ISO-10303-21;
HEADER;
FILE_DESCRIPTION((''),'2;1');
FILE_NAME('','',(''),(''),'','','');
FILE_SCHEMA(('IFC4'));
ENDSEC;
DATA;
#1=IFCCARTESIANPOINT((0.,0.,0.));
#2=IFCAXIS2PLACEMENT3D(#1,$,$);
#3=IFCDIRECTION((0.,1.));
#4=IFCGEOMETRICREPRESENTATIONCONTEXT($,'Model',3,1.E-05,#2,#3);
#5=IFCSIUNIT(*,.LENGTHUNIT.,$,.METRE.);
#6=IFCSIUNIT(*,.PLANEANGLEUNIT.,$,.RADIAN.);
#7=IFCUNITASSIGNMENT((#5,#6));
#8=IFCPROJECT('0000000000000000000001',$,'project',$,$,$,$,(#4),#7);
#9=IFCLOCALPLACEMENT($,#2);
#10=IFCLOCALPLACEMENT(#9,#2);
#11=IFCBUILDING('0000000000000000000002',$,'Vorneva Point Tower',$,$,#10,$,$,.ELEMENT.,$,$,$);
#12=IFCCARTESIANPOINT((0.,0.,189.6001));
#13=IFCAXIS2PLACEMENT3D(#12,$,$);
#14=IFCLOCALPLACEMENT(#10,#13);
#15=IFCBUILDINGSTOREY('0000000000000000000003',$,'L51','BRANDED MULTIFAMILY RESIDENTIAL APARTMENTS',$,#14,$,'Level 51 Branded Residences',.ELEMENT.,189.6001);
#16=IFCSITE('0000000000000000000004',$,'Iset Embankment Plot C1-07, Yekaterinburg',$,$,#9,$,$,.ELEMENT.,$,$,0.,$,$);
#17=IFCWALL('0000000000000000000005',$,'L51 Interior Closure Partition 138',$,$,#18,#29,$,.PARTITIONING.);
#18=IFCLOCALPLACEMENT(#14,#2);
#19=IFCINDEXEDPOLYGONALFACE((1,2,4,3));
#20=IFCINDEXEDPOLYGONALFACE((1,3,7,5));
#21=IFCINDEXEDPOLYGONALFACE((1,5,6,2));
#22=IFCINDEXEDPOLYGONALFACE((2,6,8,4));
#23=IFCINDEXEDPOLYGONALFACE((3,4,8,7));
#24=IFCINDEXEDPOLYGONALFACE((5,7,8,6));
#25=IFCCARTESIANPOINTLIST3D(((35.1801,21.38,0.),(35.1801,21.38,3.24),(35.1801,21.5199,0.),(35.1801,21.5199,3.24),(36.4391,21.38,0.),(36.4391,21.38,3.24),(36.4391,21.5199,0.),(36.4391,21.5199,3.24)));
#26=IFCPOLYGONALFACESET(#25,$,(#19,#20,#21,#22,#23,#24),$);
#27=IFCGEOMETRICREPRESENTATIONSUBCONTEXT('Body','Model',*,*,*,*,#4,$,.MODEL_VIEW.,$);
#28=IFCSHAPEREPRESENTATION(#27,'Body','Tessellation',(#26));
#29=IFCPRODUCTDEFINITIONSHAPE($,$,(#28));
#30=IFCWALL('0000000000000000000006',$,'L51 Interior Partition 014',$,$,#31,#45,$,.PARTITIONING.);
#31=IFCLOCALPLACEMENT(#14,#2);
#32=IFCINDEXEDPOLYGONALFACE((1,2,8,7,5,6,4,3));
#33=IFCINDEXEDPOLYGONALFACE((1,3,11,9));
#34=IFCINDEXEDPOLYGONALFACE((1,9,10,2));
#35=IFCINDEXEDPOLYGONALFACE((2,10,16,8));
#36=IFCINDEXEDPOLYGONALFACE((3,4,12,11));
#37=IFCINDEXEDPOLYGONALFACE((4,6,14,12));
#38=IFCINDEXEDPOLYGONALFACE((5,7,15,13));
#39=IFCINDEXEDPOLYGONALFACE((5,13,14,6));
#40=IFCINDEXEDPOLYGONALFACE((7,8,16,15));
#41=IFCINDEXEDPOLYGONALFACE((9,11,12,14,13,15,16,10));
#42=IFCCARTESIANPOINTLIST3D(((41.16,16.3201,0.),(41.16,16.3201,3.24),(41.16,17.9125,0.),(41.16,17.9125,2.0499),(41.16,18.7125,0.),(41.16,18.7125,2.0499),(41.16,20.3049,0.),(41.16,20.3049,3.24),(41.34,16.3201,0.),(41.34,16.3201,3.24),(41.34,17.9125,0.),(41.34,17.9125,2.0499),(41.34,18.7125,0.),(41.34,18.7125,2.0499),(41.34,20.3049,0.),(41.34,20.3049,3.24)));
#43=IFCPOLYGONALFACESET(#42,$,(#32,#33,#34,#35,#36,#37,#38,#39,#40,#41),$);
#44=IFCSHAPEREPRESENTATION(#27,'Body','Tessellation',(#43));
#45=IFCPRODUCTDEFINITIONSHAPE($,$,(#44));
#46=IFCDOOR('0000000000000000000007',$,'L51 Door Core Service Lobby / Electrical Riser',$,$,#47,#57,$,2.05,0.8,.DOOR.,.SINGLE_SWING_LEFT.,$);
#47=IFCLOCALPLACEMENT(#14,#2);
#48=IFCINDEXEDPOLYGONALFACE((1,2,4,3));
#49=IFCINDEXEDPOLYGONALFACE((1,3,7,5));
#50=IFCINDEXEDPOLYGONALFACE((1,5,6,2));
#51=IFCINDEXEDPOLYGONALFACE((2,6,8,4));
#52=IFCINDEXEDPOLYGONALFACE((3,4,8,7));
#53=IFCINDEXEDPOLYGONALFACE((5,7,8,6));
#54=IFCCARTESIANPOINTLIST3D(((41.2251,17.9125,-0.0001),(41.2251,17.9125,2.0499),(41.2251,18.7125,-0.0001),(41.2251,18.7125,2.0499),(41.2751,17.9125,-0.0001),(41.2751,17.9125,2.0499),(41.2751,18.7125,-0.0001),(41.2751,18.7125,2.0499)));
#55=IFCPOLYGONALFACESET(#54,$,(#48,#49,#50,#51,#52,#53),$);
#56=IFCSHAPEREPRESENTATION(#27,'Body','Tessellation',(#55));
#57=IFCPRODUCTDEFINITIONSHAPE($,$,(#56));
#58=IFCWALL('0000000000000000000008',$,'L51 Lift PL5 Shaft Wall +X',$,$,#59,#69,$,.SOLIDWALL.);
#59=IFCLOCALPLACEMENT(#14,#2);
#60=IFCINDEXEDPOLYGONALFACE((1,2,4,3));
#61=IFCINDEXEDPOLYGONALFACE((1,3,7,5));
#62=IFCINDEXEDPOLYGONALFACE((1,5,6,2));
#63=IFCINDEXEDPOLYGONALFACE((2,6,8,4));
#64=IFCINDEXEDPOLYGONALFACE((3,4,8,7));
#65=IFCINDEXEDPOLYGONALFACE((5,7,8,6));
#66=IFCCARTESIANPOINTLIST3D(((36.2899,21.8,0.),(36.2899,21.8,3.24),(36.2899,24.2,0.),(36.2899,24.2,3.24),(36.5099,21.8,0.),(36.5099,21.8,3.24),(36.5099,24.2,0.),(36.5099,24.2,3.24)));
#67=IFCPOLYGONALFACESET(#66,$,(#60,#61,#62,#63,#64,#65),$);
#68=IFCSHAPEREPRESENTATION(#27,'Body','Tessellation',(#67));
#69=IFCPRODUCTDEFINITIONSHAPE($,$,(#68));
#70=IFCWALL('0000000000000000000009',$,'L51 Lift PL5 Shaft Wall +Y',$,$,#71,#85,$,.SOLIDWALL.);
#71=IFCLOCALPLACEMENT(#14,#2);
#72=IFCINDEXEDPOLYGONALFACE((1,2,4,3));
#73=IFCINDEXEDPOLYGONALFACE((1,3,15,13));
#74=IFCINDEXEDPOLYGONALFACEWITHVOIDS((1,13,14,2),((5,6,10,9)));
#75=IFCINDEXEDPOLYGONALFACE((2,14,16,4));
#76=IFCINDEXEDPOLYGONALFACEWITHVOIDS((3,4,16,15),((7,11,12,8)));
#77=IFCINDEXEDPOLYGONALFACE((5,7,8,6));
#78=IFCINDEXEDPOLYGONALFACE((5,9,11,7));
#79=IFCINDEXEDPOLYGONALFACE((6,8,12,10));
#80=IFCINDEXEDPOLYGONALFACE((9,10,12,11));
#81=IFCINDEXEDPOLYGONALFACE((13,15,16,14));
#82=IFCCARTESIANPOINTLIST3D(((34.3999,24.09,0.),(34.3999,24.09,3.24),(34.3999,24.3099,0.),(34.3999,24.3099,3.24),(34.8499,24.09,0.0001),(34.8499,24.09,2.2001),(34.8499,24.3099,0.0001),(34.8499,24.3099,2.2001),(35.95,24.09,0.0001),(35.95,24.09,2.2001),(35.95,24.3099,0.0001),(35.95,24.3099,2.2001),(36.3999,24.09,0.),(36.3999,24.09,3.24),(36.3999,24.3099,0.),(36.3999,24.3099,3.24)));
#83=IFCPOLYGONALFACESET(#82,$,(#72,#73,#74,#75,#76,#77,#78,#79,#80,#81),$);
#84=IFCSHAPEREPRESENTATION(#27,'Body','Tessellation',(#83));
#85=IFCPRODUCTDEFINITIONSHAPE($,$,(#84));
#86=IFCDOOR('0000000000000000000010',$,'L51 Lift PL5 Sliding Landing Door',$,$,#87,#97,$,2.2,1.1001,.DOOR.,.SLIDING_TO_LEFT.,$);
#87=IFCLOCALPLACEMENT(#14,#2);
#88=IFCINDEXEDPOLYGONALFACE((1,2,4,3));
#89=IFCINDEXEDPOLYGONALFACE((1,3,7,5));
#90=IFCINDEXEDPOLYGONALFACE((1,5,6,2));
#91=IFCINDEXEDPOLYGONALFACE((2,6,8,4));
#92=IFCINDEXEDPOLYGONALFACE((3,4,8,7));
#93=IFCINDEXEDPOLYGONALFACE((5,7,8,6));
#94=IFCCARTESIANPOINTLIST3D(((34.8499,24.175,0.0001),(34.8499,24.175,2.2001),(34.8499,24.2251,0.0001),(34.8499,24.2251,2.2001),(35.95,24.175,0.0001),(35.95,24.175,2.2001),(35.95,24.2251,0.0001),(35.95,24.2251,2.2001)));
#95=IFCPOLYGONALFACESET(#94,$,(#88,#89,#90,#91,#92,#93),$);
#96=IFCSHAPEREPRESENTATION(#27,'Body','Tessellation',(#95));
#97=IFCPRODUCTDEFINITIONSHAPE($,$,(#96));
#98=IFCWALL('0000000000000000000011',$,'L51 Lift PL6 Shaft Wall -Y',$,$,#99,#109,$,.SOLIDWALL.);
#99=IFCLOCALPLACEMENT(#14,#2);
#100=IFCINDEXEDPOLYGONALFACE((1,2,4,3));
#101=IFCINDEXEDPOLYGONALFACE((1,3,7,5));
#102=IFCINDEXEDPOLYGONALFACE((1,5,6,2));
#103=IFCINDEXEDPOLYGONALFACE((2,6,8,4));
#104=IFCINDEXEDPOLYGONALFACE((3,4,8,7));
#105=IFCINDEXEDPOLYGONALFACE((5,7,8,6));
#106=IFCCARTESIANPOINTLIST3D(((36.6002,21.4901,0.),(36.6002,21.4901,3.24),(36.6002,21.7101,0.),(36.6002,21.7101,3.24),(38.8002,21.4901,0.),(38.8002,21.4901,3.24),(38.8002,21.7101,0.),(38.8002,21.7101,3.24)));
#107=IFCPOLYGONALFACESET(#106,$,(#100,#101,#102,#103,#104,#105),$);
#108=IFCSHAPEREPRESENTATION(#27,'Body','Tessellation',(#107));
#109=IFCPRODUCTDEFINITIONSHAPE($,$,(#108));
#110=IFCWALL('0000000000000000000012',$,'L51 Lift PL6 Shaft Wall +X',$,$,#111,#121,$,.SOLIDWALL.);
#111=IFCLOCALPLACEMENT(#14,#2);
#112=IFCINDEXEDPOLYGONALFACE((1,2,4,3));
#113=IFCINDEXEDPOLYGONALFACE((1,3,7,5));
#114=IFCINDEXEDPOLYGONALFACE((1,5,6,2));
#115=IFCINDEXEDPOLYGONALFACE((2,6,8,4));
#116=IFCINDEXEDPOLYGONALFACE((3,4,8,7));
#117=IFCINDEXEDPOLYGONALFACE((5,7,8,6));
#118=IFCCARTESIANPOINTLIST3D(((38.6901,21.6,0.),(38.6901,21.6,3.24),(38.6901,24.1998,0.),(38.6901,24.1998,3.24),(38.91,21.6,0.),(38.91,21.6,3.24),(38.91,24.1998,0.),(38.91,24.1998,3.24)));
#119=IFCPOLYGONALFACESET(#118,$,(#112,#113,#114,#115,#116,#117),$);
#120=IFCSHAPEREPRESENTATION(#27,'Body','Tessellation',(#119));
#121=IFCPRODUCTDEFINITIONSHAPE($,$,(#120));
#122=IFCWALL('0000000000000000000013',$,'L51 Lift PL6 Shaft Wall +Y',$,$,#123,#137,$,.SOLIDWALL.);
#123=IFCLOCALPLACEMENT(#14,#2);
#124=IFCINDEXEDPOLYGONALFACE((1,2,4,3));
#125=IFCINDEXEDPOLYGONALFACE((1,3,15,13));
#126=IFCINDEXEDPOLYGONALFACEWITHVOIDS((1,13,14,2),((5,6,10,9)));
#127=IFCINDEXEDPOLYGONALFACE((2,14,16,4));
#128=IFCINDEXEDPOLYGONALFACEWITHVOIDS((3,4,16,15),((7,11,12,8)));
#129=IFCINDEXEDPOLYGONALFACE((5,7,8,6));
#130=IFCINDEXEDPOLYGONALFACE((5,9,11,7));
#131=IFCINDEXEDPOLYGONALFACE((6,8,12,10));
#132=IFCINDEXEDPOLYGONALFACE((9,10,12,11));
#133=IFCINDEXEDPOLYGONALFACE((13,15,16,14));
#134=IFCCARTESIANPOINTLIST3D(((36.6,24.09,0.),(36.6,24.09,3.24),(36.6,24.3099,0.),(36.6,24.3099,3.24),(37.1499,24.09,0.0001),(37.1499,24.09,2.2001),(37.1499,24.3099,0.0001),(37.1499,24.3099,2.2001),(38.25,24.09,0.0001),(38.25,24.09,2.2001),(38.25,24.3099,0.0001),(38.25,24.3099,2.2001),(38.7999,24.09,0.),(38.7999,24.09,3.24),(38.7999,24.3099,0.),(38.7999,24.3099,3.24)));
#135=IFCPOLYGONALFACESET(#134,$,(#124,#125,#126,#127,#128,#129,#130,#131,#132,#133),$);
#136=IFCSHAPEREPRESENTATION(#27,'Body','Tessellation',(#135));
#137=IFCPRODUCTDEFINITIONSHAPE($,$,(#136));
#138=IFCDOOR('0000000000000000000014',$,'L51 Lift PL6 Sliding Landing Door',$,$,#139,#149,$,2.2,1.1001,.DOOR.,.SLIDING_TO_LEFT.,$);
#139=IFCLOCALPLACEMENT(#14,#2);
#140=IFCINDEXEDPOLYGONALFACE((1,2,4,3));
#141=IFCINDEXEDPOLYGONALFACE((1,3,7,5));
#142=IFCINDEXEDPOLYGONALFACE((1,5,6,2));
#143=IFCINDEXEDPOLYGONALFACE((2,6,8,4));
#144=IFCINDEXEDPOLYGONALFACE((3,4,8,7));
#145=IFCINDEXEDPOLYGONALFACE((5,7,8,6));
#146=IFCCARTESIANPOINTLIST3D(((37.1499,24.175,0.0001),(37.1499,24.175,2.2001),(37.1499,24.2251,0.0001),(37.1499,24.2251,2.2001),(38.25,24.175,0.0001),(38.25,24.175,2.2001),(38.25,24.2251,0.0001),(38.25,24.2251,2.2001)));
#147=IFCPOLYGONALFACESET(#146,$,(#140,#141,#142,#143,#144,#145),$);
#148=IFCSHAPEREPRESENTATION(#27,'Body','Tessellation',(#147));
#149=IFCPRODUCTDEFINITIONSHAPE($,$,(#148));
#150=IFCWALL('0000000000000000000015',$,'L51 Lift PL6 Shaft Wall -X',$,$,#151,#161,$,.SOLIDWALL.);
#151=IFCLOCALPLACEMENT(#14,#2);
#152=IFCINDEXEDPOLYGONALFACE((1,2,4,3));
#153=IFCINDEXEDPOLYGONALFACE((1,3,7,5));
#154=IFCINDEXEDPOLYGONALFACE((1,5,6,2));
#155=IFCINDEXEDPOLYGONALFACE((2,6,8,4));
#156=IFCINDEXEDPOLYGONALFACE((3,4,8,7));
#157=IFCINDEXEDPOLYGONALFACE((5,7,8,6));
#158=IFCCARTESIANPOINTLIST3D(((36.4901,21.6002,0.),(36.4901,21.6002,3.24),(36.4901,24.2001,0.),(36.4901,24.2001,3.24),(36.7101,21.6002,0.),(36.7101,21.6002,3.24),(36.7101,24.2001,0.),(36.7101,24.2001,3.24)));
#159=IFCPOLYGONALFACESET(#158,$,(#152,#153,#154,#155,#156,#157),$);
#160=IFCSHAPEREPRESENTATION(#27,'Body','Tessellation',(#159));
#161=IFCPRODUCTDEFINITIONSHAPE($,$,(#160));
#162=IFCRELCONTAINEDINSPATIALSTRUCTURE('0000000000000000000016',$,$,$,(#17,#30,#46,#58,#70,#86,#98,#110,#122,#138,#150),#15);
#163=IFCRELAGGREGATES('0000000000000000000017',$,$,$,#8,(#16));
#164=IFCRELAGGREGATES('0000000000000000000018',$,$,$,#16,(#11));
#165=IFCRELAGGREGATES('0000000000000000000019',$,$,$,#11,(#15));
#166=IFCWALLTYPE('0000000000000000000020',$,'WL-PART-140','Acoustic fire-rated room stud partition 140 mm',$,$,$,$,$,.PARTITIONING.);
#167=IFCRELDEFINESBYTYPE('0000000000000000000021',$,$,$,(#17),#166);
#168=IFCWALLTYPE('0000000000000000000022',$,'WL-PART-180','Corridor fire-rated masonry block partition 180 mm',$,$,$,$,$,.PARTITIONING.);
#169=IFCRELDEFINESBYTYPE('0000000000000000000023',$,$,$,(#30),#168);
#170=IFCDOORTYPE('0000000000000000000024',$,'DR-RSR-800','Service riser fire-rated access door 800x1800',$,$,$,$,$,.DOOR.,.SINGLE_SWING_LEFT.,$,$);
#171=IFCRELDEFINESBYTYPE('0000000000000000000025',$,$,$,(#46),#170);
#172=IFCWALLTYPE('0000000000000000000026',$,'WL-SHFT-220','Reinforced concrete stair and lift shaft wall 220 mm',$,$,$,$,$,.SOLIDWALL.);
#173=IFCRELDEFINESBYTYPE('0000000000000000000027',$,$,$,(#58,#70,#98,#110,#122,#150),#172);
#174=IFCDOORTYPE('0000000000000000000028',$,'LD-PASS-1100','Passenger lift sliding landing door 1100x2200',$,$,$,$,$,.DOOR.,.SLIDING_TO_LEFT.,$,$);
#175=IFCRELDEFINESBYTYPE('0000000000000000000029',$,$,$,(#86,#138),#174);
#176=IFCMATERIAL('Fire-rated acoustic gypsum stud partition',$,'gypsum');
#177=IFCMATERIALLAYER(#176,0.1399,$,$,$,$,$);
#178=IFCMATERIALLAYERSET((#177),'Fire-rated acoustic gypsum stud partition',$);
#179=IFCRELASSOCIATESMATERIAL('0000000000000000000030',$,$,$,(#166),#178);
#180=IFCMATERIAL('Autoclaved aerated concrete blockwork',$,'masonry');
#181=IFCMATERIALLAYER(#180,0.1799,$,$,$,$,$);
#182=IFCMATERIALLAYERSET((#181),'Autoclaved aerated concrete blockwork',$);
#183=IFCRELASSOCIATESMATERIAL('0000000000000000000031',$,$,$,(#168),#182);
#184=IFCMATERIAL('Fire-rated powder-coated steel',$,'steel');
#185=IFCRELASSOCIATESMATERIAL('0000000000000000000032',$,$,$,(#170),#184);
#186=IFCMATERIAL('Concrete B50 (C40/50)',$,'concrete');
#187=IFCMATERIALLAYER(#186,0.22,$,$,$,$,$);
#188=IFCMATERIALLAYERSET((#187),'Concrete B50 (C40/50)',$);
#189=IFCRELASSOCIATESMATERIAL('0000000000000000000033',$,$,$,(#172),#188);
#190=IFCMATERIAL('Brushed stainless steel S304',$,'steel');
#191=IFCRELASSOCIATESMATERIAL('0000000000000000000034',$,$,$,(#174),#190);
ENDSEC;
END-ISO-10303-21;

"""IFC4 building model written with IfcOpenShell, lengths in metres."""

from ifc_helpers import new_model, si_unit, direction, frame, frame_2d, origin, place, context, subcontext, project, spatial, rectangle, extrude, material, layer, layer_set, type_object, element, fill, save


model = new_model("IFC4")

# Units and contexts
model_context = context("Model", 3, precision=1e-05, world=origin(), true_north=direction((0.0, 1.0)))
body_context = subcontext(model_context, "Body", "Model", "MODEL_VIEW")
ifc_project = project(units=[si_unit("LENGTHUNIT", "METRE"), si_unit("PLANEANGLEUNIT", "RADIAN")], contexts=[model_context])

# Site, building, storey
site_placement = place(None, origin())
site = spatial("IfcSite", under=ifc_project, at=site_placement, Name="Iset Embankment Plot C1-07, Yekaterinburg", CompositionType="ELEMENT", RefElevation=0.0)
building_placement = place(site_placement, origin())
building = spatial("IfcBuilding", under=site, at=building_placement, Name="Vorneva Point Tower", CompositionType="ELEMENT")
storey_placement = place(building_placement, frame((0.0, 0.0, 189.6001)))
storey = spatial("IfcBuildingStorey", under=building, at=storey_placement, Name="L51", Description="BRANDED MULTIFAMILY RESIDENTIAL APARTMENTS", LongName="Level 51 Branded Residences", CompositionType="ELEMENT", Elevation=189.6001)

# Wall
ifc_material_1 = material(Name="Fire-rated acoustic gypsum stud partition", Category="gypsum")
ifc_layer_1 = layer(ifc_material_1, 0.1399)
ifc_layer_set_1 = layer_set([ifc_layer_1], Name="Fire-rated acoustic gypsum stud partition")
wall_type_1 = type_object("IfcWallType", Name="WL-PART-140", Description="Acoustic fire-rated room stud partition 140 mm", PredefinedType="PARTITIONING", material=ifc_layer_set_1)
wall_1_placement = place(storey_placement, frame((36.439, 21.45, 0.0), z_axis=(0.0, 0.0, 1.0), x_axis=(-1.0, 0.0, 0.0)))
element("IfcWall", 1, at=wall_1_placement, inside=storey, type_object=wall_type_1, Name="L51 Interior Closure Partition 138", PredefinedType="PARTITIONING", context=body_context, shape_type="SweptSolid", body=[
    extrude(rectangle(XDim=1.259, YDim=0.1399, at=frame_2d((0.6294, 0.0))), origin(), (0.0, 0.0, 1.0), 3.24),
])

# Wall, opening, door
ifc_material_2 = material(Name="Autoclaved aerated concrete blockwork", Category="masonry")
ifc_layer_2 = layer(ifc_material_2, 0.1799)
ifc_layer_set_2 = layer_set([ifc_layer_2], Name="Autoclaved aerated concrete blockwork")
wall_type_2 = type_object("IfcWallType", Name="WL-PART-180", Description="Corridor fire-rated masonry block partition 180 mm", PredefinedType="PARTITIONING", material=ifc_layer_set_2)
ifc_material_3 = material(Name="Fire-rated powder-coated steel", Category="steel")
wall_2_placement = place(storey_placement, frame((41.25, 16.3201, 0.0), z_axis=(0.0, 0.0, 1.0), x_axis=(0.0, 1.0, 0.0)))
wall_2 = element("IfcWall", 2, at=wall_2_placement, inside=storey, type_object=wall_type_2, Name="L51 Interior Partition 014", PredefinedType="PARTITIONING", context=body_context, shape_type="SweptSolid", body=[
    extrude(rectangle(XDim=3.9849, YDim=0.1799, at=frame_2d((1.9924, 0.0))), origin(), (0.0, 0.0, 1.0), 3.24),
])
opening_1_placement = place(wall_2_placement, frame((1.5925, 0.0, 0.0)))
opening_1 = element("IfcOpeningElement", 3, at=opening_1_placement, cuts=wall_2, PredefinedType="OPENING", context=body_context, shape_type="SweptSolid", body=[
    extrude(rectangle(XDim=0.8, YDim=2.05, at=frame_2d((0.3999, 1.0249))), frame((0.0, 0.105, 0.0), z_axis=(0.0, -1.0, 0.0), x_axis=(1.0, 0.0, 0.0)), (0.0, 0.0, 1.0), 0.2097),
])
door_type_1 = type_object("IfcDoorType", Name="DR-RSR-800", Description="Service riser fire-rated access door 800x1800", OperationType="SINGLE_SWING_LEFT", PredefinedType="DOOR", material=ifc_material_3)
door_1_placement = place(opening_1_placement, origin())
door_1 = element("IfcDoor", 4, at=door_1_placement, inside=storey, type_object=door_type_1, Name="L51 Door Core Service Lobby / Electrical Riser", OperationType="SINGLE_SWING_LEFT", OverallHeight=2.05, OverallWidth=0.8, PredefinedType="DOOR", context=body_context, shape_type="SweptSolid", body=[
    extrude(rectangle(XDim=0.8, YDim=2.05, at=frame_2d((0.3999, 1.0249))), frame((0.0, 0.0249, 0.0), z_axis=(0.0, -1.0, 0.0), x_axis=(1.0, 0.0, 0.0)), (0.0, 0.0, 1.0), 0.05),
])
fill(opening_1, door_1)

# Wall
ifc_material_4 = material(Name="Concrete B50 (C40/50)", Category="concrete")
ifc_layer_3 = layer(ifc_material_4, 0.22)
ifc_layer_set_3 = layer_set([ifc_layer_3], Name="Concrete B50 (C40/50)")
wall_type_3 = type_object("IfcWallType", Name="WL-SHFT-220", Description="Reinforced concrete stair and lift shaft wall 220 mm", PredefinedType="SOLIDWALL", material=ifc_layer_set_3)
wall_3_placement = place(storey_placement, frame((36.3999, 21.8, 0.0), z_axis=(0.0, 0.0, 1.0), x_axis=(0.0, 1.0, 0.0)))
element("IfcWall", 5, at=wall_3_placement, inside=storey, type_object=wall_type_3, Name="L51 Lift PL5 Shaft Wall +X", PredefinedType="SOLIDWALL", context=body_context, shape_type="SweptSolid", body=[
    extrude(rectangle(XDim=2.3999, YDim=0.22, at=frame_2d((1.2, 0.0))), origin(), (0.0, 0.0, 1.0), 3.24),
])

# Wall, opening, door
wall_4_placement = place(storey_placement, frame((36.3999, 24.2, 0.0), z_axis=(0.0, 0.0, 1.0), x_axis=(-1.0, 0.0, 0.0)))
wall_4 = element("IfcWall", 6, at=wall_4_placement, inside=storey, type_object=wall_type_3, Name="L51 Lift PL5 Shaft Wall +Y", PredefinedType="SOLIDWALL", context=body_context, shape_type="SweptSolid", body=[
    extrude(rectangle(XDim=2.0, YDim=0.22, at=frame_2d((1.0, 0.0))), origin(), (0.0, 0.0, 1.0), 3.24),
])
opening_2_placement = place(wall_4_placement, frame((0.45, 0.0, 0.0)))
opening_2 = element("IfcOpeningElement", 7, at=opening_2_placement, cuts=wall_4, PredefinedType="OPENING", context=body_context, shape_type="SweptSolid", body=[
    extrude(rectangle(XDim=1.1001, YDim=2.2, at=frame_2d((0.55, 1.1001))), frame((0.0, 0.125, 0.0), z_axis=(0.0, -1.0, 0.0), x_axis=(1.0, 0.0, 0.0)), (0.0, 0.0, 1.0), 0.2498),
])
ifc_material_5 = material(Name="Brushed stainless steel S304", Category="steel")
door_type_2 = type_object("IfcDoorType", Name="LD-PASS-1100", Description="Passenger lift sliding landing door 1100x2200", OperationType="SLIDING_TO_LEFT", PredefinedType="DOOR", material=ifc_material_5)
door_2_placement = place(opening_2_placement, origin())
door_2 = element("IfcDoor", 8, at=door_2_placement, inside=storey, type_object=door_type_2, Name="L51 Lift PL5 Sliding Landing Door", OperationType="SLIDING_TO_LEFT", OverallHeight=2.2, OverallWidth=1.1001, PredefinedType="DOOR", context=body_context, shape_type="SweptSolid", body=[
    extrude(rectangle(XDim=1.1001, YDim=2.2, at=frame_2d((0.55, 1.1001))), frame((0.0, 0.0249, 0.0), z_axis=(0.0, -1.0, 0.0), x_axis=(1.0, 0.0, 0.0)), (0.0, 0.0, 1.0), 0.05),
])
fill(opening_2, door_2)

# Walls
wall_5_placement = place(storey_placement, frame((36.6001, 21.6001, 0.0), z_axis=(0.0, 0.0, 1.0), x_axis=(1.0, 0.0, 0.0)))
element("IfcWall", 9, at=wall_5_placement, inside=storey, type_object=wall_type_3, Name="L51 Lift PL6 Shaft Wall -Y", PredefinedType="SOLIDWALL", context=body_context, shape_type="SweptSolid", body=[
    extrude(rectangle(XDim=2.2, YDim=0.22, at=frame_2d((1.1001, 0.0))), origin(), (0.0, 0.0, 1.0), 3.24),
])
wall_6_placement = place(storey_placement, frame((38.8, 21.6001, 0.0), z_axis=(0.0, 0.0, 1.0), x_axis=(0.0, 1.0, 0.0)))
element("IfcWall", 10, at=wall_6_placement, inside=storey, type_object=wall_type_3, Name="L51 Lift PL6 Shaft Wall +X", PredefinedType="SOLIDWALL", context=body_context, shape_type="SweptSolid", body=[
    extrude(rectangle(XDim=2.5999, YDim=0.22, at=frame_2d((1.2998, 0.0))), origin(), (0.0, 0.0, 1.0), 3.24),
])

# Wall, opening, door
wall_7_placement = place(storey_placement, frame((38.8, 24.2, 0.0), z_axis=(0.0, 0.0, 1.0), x_axis=(-1.0, 0.0, 0.0)))
wall_7 = element("IfcWall", 11, at=wall_7_placement, inside=storey, type_object=wall_type_3, Name="L51 Lift PL6 Shaft Wall +Y", PredefinedType="SOLIDWALL", context=body_context, shape_type="SweptSolid", body=[
    extrude(rectangle(XDim=2.2, YDim=0.22, at=frame_2d((1.1001, 0.0))), origin(), (0.0, 0.0, 1.0), 3.24),
])
opening_3_placement = place(wall_7_placement, frame((0.55, 0.0, 0.0)))
opening_3 = element("IfcOpeningElement", 12, at=opening_3_placement, cuts=wall_7, PredefinedType="OPENING", context=body_context, shape_type="SweptSolid", body=[
    extrude(rectangle(XDim=1.1001, YDim=2.2, at=frame_2d((0.55, 1.1001))), frame((0.0, 0.125, 0.0), z_axis=(0.0, -1.0, 0.0), x_axis=(1.0, 0.0, 0.0)), (0.0, 0.0, 1.0), 0.2498),
])
door_3_placement = place(opening_3_placement, origin())
door_3 = element("IfcDoor", 13, at=door_3_placement, inside=storey, type_object=door_type_2, Name="L51 Lift PL6 Sliding Landing Door", OperationType="SLIDING_TO_LEFT", OverallHeight=2.2, OverallWidth=1.1001, PredefinedType="DOOR", context=body_context, shape_type="SweptSolid", body=[
    extrude(rectangle(XDim=1.1001, YDim=2.2, at=frame_2d((0.55, 1.1001))), frame((0.0, 0.0249, 0.0), z_axis=(0.0, -1.0, 0.0), x_axis=(1.0, 0.0, 0.0)), (0.0, 0.0, 1.0), 0.05),
])
fill(opening_3, door_3)

# Wall
wall_8_placement = place(storey_placement, frame((36.6001, 24.2, 0.0), z_axis=(0.0, 0.0, 1.0), x_axis=(0.0, -1.0, 0.0)))
element("IfcWall", 14, at=wall_8_placement, inside=storey, type_object=wall_type_3, Name="L51 Lift PL6 Shaft Wall -X", PredefinedType="SOLIDWALL", context=body_context, shape_type="SweptSolid", body=[
    extrude(rectangle(XDim=2.5999, YDim=0.22, at=frame_2d((1.2998, 0.0))), origin(), (0.0, 0.0, 1.0), 3.24),
])

save(model, "model.ifc")
